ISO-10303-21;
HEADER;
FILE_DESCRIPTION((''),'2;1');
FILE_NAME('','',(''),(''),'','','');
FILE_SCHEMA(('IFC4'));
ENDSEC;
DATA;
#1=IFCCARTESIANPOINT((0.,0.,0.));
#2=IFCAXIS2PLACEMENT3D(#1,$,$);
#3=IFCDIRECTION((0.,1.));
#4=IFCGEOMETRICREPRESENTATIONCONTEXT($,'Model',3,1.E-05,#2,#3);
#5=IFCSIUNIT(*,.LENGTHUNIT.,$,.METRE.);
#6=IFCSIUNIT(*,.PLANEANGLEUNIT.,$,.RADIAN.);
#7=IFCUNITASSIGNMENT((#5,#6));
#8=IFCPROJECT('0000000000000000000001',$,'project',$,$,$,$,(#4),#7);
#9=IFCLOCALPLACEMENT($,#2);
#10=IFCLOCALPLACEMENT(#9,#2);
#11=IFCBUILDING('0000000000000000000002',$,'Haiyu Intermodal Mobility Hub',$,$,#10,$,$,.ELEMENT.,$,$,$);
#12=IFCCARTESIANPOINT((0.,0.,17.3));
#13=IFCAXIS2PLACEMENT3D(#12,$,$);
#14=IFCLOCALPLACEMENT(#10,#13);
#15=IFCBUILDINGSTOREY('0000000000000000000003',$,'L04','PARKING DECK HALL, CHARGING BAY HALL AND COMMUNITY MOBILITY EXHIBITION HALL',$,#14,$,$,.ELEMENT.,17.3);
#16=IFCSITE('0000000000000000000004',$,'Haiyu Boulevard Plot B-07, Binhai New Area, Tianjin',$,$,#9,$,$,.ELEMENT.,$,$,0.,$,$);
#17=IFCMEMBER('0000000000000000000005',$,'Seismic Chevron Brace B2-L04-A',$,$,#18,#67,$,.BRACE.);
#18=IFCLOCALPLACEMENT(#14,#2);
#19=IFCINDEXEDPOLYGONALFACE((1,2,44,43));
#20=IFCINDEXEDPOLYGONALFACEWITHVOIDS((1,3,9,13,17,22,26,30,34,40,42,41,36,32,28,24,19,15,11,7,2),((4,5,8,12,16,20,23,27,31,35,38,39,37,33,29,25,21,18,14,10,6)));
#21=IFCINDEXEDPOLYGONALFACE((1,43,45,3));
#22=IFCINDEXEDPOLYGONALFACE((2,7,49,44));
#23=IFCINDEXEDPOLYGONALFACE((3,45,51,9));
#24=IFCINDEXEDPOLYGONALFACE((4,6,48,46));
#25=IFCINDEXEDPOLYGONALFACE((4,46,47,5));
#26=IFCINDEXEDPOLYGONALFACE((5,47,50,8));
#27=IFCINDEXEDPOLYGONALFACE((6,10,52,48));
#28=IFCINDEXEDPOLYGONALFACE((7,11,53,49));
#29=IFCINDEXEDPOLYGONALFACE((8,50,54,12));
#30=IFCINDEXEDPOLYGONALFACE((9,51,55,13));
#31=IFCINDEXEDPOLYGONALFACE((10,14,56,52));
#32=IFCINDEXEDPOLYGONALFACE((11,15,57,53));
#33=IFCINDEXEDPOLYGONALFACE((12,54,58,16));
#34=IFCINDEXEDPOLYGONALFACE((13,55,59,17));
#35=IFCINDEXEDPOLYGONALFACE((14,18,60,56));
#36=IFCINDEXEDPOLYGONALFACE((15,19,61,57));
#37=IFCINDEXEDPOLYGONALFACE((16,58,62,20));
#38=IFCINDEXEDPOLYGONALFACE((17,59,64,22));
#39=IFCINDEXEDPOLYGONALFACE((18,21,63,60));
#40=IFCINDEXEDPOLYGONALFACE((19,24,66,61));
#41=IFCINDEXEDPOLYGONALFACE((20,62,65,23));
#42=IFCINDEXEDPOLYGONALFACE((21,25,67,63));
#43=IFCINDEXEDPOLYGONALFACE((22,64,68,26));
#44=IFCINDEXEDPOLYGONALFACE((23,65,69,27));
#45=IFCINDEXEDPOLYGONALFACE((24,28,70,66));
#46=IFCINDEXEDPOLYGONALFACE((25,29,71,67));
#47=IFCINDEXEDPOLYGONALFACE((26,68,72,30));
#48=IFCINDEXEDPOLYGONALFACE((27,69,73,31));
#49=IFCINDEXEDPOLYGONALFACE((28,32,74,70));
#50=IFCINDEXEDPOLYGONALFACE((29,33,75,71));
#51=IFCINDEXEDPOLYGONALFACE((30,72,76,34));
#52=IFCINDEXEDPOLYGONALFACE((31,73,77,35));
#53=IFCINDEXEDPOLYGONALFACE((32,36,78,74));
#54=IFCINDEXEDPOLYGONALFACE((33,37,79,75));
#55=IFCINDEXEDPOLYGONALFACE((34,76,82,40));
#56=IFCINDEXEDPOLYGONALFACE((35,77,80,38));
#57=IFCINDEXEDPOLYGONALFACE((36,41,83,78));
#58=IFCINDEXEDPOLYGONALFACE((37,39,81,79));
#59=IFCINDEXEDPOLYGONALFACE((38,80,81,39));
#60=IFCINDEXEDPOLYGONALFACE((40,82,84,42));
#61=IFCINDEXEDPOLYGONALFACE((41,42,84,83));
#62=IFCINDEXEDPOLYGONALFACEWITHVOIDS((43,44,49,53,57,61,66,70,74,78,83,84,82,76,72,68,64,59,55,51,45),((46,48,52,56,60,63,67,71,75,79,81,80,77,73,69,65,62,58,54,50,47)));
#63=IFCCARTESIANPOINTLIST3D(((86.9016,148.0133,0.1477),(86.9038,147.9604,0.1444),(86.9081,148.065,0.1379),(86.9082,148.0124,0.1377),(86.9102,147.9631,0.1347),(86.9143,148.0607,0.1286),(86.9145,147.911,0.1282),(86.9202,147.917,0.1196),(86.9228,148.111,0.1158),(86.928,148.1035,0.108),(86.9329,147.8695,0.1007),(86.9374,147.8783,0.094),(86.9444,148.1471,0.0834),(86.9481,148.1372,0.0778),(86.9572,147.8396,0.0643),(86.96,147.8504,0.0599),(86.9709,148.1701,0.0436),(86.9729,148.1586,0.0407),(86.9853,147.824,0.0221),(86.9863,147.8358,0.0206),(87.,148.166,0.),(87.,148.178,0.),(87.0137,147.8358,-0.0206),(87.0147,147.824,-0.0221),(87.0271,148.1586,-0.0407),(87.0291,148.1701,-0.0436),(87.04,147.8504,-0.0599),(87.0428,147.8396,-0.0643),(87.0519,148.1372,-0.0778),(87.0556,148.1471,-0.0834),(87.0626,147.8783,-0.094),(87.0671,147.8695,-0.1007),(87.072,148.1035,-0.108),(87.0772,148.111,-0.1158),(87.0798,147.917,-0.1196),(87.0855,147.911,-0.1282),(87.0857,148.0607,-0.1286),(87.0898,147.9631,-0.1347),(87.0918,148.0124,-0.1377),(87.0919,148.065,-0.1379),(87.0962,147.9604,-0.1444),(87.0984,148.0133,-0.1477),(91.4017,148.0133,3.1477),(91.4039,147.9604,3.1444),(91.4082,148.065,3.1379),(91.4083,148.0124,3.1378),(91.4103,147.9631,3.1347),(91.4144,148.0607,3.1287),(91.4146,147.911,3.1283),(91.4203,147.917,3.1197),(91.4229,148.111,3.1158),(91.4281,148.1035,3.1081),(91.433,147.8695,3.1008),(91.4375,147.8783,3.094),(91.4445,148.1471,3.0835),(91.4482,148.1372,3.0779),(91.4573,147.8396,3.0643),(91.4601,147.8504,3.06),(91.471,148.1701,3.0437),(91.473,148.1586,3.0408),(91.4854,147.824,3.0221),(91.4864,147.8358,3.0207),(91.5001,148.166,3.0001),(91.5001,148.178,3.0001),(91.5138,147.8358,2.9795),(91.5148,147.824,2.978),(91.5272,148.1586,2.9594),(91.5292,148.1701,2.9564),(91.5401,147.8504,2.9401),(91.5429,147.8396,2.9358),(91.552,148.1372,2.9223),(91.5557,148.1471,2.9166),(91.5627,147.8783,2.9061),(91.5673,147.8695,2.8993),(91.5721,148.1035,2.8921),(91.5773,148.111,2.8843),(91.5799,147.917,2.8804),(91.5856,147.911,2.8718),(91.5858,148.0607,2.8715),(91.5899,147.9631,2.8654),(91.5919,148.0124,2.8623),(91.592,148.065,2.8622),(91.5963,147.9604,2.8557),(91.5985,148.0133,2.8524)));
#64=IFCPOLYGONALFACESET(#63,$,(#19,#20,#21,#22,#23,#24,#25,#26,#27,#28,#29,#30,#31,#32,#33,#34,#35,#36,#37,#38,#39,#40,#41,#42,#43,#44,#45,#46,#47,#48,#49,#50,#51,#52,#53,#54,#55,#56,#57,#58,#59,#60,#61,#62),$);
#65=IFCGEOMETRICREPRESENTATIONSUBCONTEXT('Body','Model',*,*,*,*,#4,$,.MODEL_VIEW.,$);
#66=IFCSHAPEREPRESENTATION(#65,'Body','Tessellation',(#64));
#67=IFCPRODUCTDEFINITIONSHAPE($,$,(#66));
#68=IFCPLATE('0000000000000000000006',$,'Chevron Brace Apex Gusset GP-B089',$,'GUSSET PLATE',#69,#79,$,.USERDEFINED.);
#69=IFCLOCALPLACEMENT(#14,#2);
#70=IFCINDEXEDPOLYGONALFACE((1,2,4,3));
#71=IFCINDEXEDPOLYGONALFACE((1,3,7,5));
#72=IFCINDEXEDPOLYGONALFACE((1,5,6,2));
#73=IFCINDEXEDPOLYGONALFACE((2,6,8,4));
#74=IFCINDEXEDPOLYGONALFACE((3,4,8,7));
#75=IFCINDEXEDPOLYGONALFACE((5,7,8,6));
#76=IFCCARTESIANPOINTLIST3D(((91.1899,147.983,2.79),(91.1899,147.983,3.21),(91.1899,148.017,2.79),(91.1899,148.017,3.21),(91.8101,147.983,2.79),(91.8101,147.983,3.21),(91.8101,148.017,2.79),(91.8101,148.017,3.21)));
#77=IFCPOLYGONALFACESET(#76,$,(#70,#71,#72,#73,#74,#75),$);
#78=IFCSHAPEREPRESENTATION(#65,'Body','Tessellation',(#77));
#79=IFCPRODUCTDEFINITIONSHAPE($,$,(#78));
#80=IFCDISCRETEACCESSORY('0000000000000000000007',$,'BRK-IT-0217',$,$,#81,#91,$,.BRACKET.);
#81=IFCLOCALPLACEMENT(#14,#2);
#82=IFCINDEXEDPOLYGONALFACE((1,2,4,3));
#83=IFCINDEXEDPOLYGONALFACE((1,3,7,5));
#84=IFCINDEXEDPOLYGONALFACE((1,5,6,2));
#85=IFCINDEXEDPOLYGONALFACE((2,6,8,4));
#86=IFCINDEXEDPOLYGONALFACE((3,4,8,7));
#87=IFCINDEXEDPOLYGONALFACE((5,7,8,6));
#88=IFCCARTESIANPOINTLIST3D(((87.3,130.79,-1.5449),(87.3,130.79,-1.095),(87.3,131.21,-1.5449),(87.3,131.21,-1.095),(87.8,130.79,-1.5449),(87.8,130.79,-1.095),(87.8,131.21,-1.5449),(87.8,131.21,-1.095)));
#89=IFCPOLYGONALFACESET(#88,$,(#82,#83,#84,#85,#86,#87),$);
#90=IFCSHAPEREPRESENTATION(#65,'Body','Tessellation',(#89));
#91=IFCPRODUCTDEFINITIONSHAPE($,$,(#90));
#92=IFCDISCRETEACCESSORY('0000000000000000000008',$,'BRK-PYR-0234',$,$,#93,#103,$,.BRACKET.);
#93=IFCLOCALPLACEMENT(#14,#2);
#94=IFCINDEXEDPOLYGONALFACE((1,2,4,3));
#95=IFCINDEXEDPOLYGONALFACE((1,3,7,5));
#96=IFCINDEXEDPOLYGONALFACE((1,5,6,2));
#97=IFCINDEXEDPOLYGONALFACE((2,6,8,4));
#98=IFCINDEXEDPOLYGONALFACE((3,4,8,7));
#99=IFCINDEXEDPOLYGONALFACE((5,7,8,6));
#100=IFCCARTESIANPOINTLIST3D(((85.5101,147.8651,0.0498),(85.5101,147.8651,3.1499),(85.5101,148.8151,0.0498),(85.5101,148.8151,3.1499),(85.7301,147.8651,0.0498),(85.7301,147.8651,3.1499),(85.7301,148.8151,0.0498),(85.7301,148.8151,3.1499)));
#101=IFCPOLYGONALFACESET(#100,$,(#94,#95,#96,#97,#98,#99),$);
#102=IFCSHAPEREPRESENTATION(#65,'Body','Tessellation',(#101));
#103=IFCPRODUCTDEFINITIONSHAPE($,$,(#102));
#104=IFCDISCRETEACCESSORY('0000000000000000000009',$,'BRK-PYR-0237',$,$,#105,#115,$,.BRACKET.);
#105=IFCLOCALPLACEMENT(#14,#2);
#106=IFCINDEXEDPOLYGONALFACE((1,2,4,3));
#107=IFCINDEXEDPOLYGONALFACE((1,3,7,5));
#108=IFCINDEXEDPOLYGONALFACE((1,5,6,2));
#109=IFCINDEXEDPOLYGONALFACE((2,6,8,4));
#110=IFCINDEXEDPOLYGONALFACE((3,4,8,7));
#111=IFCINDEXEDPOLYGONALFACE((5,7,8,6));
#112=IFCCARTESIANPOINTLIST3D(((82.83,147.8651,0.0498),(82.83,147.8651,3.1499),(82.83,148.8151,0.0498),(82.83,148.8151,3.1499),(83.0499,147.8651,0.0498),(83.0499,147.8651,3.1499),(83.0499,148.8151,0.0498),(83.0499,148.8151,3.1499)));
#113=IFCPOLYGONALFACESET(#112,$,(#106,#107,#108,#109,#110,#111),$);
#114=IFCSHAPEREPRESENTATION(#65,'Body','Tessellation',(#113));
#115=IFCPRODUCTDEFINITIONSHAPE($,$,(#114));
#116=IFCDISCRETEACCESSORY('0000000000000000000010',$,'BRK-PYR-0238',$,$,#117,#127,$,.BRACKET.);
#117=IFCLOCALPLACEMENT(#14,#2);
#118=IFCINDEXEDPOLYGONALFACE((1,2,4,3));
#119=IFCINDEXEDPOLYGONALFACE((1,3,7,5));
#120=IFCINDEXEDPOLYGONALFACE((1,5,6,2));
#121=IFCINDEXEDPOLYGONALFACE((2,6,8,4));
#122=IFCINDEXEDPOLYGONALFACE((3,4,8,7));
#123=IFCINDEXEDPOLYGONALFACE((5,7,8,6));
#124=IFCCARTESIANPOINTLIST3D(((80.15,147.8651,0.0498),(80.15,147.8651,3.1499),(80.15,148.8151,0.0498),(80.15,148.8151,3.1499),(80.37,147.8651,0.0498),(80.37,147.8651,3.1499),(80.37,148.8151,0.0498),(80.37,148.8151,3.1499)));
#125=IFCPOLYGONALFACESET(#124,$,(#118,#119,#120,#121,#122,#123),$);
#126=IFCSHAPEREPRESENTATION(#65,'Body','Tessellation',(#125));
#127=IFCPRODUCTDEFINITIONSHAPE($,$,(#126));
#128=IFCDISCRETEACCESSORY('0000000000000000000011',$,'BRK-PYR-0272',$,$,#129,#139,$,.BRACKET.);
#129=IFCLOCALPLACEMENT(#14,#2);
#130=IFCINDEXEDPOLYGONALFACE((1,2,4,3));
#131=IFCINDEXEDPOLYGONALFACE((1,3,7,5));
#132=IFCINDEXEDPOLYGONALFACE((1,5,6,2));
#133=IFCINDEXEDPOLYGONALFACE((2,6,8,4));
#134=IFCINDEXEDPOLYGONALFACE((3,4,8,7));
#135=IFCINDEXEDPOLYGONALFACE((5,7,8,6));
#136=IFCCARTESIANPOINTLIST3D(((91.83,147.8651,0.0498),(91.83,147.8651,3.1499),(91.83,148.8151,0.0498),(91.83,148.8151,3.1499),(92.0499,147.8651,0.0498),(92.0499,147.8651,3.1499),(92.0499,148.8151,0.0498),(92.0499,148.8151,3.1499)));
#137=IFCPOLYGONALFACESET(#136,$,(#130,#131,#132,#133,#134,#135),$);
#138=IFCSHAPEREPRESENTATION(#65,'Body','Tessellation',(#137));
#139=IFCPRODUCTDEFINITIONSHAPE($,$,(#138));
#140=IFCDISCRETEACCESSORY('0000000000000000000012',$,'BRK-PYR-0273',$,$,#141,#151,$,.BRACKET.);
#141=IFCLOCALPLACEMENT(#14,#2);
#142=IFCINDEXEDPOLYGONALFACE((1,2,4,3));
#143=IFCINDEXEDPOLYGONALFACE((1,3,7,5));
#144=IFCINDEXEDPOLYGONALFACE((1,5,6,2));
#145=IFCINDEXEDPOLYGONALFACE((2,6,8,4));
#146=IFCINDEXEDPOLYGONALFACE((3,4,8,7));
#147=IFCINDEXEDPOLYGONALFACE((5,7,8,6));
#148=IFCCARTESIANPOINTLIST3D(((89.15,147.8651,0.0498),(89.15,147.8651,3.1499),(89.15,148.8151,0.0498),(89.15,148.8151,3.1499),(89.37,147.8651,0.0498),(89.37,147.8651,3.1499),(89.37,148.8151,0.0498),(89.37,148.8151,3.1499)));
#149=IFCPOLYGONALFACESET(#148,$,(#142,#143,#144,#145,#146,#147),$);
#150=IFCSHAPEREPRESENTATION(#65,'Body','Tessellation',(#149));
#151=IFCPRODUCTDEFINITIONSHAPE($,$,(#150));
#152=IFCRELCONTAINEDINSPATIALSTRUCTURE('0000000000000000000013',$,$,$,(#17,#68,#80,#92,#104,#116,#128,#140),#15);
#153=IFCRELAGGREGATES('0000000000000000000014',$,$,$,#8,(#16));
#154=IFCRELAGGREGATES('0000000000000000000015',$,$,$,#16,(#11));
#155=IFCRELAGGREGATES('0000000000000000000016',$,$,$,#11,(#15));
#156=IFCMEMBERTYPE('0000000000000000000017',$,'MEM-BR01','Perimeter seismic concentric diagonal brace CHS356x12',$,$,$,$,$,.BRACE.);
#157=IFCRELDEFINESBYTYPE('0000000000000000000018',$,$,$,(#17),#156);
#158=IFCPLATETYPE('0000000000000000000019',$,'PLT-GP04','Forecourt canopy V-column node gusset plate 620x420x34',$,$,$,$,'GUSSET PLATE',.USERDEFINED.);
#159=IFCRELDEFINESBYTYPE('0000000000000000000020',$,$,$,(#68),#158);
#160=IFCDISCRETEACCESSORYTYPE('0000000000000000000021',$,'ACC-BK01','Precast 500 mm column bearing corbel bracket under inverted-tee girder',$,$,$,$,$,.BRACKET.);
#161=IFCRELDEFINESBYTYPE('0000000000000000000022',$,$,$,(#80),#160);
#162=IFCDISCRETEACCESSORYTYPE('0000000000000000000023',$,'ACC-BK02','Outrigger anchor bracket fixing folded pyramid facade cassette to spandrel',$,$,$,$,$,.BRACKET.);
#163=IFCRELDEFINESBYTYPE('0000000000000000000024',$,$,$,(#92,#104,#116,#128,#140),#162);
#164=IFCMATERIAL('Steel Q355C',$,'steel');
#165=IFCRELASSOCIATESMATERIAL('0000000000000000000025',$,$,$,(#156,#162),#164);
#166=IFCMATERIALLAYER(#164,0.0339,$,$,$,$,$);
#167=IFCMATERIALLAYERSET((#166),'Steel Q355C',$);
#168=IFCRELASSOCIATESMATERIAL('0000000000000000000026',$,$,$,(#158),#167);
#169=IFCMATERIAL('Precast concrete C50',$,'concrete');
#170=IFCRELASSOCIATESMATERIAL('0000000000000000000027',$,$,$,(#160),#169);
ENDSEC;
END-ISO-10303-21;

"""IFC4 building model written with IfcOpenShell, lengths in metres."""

from ifc_helpers import new_model, si_unit, direction, frame, origin, origin_2d, place, context, subcontext, project, spatial, rectangle, hollow_circle, extrude, material, layer, layer_set, material_profile, profile_set, type_object, element, save


model = new_model("IFC4")

# Units and contexts
model_context = context("Model", 3, precision=1e-05, world=origin(), true_north=direction((0.0, 1.0)))
body_context = subcontext(model_context, "Body", "Model", "MODEL_VIEW")
ifc_project = project(units=[si_unit("LENGTHUNIT", "METRE"), si_unit("PLANEANGLEUNIT", "RADIAN")], contexts=[model_context])

# Site, building, storey
site_placement = place(None, origin())
site = spatial("IfcSite", under=ifc_project, at=site_placement, Name="Haiyu Boulevard Plot B-07, Binhai New Area, Tianjin", CompositionType="ELEMENT", RefElevation=0.0)
building_placement = place(site_placement, origin())
building = spatial("IfcBuilding", under=site, at=building_placement, Name="Haiyu Intermodal Mobility Hub", CompositionType="ELEMENT")
storey_placement = place(building_placement, frame((0.0, 0.0, 17.3)))
storey = spatial("IfcBuildingStorey", under=building, at=storey_placement, Name="L04", Description="PARKING DECK HALL, CHARGING BAY HALL AND COMMUNITY MOBILITY EXHIBITION HALL", CompositionType="ELEMENT", Elevation=17.3)

# Shared definitions
ifc_material_1 = material(Name="Precast concrete C50", Category="concrete")

# Member
ifc_material_2 = material(Name="Steel Q355C", Category="steel")
ifc_material_profile_1 = material_profile(ifc_material_2, hollow_circle(Radius=0.178, WallThickness=0.012, at=origin_2d()), Name="CHS356x12")
ifc_profile_set_1 = profile_set([ifc_material_profile_1], Name="Steel Q355C")
member_type = type_object("IfcMemberType", Name="MEM-BR01", Description="Perimeter seismic concentric diagonal brace CHS356x12", PredefinedType="BRACE", material=ifc_profile_set_1)
member_placement = place(storey_placement, frame((87.0, 148.0, 0.0), z_axis=(0.83205, 0.0, 0.5547), x_axis=(0.0, 1.0, 0.0)))
element("IfcMember", 1, at=member_placement, inside=storey, type_object=member_type, Name="Seismic Chevron Brace B2-L04-A", PredefinedType="BRACE", context=body_context, shape_type="SweptSolid", body=[
    extrude(hollow_circle(Radius=0.178, WallThickness=0.012, at=origin_2d()), origin(), (0.0, 0.0, 1.0), 5.4084),
])

# Plate
ifc_layer = layer(ifc_material_2, 0.0339)
ifc_layer_set = layer_set([ifc_layer], Name="Steel Q355C")
plate_type = type_object("IfcPlateType", Name="PLT-GP04", Description="Forecourt canopy V-column node gusset plate 620x420x34", ElementType="GUSSET PLATE", PredefinedType="USERDEFINED", material=ifc_layer_set)
plate_placement = place(storey_placement, frame((91.5, 148.0, 2.79), z_axis=(0.0, 0.0, 1.0), x_axis=(1.0, 0.0, 0.0)))
element("IfcPlate", 2, at=plate_placement, inside=storey, type_object=plate_type, Name="Chevron Brace Apex Gusset GP-B089", ObjectType="GUSSET PLATE", PredefinedType="USERDEFINED", context=body_context, shape_type="SweptSolid", body=[
    extrude(rectangle(XDim=0.6201, YDim=0.0339, at=origin_2d()), origin(), (0.0, 0.0, 1.0), 0.4199),
])

# Discrete accessories
discrete_accessory_type_1 = type_object("IfcDiscreteAccessoryType", Name="ACC-BK01", Description="Precast 500 mm column bearing corbel bracket under inverted-tee girder", PredefinedType="BRACKET", material=ifc_material_1)
discrete_accessory_placement = place(storey_placement, frame((87.55, 131.0, -1.5449), z_axis=(0.0, 0.0, 1.0), x_axis=(1.0, 0.0, 0.0)))
element("IfcDiscreteAccessory", 3, at=discrete_accessory_placement, inside=storey, type_object=discrete_accessory_type_1, Name="BRK-IT-0217", PredefinedType="BRACKET", context=body_context, shape_type="SweptSolid", body=[
    extrude(rectangle(XDim=0.5, YDim=0.4199, at=origin_2d()), origin(), (0.0, 0.0, 1.0), 0.45),
])
discrete_accessory_type_2 = type_object("IfcDiscreteAccessoryType", Name="ACC-BK02", Description="Outrigger anchor bracket fixing folded pyramid facade cassette to spandrel", PredefinedType="BRACKET", material=ifc_material_2)
for number, where, z_axis, x_axis, name in (
    (4, (85.6201, 148.3401, 0.0498), (0.0, 0.0, 1.0), (1.0, 0.0, 0.0), "BRK-PYR-0234"),
    (5, (82.9399, 148.3401, 0.0498), (0.0, 0.0, 1.0), (1.0, 0.0, 0.0), "BRK-PYR-0237"),
    (6, (80.26, 148.3401, 0.0498), (0.0, 0.0, 1.0), (1.0, 0.0, 0.0), "BRK-PYR-0238"),
    (7, (91.9399, 148.3401, 0.0498), (0.0, 0.0, 1.0), (1.0, 0.0, 0.0), "BRK-PYR-0272"),
    (8, (89.26, 148.3401, 0.0498), (0.0, 0.0, 1.0), (1.0, 0.0, 0.0), "BRK-PYR-0273"),
):
    element("IfcDiscreteAccessory", number, at=place(storey_placement, frame(where, z_axis=z_axis, x_axis=x_axis)), inside=storey, type_object=discrete_accessory_type_2, Name=name, PredefinedType="BRACKET", context=body_context, shape_type="SweptSolid", body=[
        extrude(rectangle(XDim=0.22, YDim=0.95, at=origin_2d()), origin(), (0.0, 0.0, 1.0), 3.1001),
    ])

save(model, "model.ifc")
